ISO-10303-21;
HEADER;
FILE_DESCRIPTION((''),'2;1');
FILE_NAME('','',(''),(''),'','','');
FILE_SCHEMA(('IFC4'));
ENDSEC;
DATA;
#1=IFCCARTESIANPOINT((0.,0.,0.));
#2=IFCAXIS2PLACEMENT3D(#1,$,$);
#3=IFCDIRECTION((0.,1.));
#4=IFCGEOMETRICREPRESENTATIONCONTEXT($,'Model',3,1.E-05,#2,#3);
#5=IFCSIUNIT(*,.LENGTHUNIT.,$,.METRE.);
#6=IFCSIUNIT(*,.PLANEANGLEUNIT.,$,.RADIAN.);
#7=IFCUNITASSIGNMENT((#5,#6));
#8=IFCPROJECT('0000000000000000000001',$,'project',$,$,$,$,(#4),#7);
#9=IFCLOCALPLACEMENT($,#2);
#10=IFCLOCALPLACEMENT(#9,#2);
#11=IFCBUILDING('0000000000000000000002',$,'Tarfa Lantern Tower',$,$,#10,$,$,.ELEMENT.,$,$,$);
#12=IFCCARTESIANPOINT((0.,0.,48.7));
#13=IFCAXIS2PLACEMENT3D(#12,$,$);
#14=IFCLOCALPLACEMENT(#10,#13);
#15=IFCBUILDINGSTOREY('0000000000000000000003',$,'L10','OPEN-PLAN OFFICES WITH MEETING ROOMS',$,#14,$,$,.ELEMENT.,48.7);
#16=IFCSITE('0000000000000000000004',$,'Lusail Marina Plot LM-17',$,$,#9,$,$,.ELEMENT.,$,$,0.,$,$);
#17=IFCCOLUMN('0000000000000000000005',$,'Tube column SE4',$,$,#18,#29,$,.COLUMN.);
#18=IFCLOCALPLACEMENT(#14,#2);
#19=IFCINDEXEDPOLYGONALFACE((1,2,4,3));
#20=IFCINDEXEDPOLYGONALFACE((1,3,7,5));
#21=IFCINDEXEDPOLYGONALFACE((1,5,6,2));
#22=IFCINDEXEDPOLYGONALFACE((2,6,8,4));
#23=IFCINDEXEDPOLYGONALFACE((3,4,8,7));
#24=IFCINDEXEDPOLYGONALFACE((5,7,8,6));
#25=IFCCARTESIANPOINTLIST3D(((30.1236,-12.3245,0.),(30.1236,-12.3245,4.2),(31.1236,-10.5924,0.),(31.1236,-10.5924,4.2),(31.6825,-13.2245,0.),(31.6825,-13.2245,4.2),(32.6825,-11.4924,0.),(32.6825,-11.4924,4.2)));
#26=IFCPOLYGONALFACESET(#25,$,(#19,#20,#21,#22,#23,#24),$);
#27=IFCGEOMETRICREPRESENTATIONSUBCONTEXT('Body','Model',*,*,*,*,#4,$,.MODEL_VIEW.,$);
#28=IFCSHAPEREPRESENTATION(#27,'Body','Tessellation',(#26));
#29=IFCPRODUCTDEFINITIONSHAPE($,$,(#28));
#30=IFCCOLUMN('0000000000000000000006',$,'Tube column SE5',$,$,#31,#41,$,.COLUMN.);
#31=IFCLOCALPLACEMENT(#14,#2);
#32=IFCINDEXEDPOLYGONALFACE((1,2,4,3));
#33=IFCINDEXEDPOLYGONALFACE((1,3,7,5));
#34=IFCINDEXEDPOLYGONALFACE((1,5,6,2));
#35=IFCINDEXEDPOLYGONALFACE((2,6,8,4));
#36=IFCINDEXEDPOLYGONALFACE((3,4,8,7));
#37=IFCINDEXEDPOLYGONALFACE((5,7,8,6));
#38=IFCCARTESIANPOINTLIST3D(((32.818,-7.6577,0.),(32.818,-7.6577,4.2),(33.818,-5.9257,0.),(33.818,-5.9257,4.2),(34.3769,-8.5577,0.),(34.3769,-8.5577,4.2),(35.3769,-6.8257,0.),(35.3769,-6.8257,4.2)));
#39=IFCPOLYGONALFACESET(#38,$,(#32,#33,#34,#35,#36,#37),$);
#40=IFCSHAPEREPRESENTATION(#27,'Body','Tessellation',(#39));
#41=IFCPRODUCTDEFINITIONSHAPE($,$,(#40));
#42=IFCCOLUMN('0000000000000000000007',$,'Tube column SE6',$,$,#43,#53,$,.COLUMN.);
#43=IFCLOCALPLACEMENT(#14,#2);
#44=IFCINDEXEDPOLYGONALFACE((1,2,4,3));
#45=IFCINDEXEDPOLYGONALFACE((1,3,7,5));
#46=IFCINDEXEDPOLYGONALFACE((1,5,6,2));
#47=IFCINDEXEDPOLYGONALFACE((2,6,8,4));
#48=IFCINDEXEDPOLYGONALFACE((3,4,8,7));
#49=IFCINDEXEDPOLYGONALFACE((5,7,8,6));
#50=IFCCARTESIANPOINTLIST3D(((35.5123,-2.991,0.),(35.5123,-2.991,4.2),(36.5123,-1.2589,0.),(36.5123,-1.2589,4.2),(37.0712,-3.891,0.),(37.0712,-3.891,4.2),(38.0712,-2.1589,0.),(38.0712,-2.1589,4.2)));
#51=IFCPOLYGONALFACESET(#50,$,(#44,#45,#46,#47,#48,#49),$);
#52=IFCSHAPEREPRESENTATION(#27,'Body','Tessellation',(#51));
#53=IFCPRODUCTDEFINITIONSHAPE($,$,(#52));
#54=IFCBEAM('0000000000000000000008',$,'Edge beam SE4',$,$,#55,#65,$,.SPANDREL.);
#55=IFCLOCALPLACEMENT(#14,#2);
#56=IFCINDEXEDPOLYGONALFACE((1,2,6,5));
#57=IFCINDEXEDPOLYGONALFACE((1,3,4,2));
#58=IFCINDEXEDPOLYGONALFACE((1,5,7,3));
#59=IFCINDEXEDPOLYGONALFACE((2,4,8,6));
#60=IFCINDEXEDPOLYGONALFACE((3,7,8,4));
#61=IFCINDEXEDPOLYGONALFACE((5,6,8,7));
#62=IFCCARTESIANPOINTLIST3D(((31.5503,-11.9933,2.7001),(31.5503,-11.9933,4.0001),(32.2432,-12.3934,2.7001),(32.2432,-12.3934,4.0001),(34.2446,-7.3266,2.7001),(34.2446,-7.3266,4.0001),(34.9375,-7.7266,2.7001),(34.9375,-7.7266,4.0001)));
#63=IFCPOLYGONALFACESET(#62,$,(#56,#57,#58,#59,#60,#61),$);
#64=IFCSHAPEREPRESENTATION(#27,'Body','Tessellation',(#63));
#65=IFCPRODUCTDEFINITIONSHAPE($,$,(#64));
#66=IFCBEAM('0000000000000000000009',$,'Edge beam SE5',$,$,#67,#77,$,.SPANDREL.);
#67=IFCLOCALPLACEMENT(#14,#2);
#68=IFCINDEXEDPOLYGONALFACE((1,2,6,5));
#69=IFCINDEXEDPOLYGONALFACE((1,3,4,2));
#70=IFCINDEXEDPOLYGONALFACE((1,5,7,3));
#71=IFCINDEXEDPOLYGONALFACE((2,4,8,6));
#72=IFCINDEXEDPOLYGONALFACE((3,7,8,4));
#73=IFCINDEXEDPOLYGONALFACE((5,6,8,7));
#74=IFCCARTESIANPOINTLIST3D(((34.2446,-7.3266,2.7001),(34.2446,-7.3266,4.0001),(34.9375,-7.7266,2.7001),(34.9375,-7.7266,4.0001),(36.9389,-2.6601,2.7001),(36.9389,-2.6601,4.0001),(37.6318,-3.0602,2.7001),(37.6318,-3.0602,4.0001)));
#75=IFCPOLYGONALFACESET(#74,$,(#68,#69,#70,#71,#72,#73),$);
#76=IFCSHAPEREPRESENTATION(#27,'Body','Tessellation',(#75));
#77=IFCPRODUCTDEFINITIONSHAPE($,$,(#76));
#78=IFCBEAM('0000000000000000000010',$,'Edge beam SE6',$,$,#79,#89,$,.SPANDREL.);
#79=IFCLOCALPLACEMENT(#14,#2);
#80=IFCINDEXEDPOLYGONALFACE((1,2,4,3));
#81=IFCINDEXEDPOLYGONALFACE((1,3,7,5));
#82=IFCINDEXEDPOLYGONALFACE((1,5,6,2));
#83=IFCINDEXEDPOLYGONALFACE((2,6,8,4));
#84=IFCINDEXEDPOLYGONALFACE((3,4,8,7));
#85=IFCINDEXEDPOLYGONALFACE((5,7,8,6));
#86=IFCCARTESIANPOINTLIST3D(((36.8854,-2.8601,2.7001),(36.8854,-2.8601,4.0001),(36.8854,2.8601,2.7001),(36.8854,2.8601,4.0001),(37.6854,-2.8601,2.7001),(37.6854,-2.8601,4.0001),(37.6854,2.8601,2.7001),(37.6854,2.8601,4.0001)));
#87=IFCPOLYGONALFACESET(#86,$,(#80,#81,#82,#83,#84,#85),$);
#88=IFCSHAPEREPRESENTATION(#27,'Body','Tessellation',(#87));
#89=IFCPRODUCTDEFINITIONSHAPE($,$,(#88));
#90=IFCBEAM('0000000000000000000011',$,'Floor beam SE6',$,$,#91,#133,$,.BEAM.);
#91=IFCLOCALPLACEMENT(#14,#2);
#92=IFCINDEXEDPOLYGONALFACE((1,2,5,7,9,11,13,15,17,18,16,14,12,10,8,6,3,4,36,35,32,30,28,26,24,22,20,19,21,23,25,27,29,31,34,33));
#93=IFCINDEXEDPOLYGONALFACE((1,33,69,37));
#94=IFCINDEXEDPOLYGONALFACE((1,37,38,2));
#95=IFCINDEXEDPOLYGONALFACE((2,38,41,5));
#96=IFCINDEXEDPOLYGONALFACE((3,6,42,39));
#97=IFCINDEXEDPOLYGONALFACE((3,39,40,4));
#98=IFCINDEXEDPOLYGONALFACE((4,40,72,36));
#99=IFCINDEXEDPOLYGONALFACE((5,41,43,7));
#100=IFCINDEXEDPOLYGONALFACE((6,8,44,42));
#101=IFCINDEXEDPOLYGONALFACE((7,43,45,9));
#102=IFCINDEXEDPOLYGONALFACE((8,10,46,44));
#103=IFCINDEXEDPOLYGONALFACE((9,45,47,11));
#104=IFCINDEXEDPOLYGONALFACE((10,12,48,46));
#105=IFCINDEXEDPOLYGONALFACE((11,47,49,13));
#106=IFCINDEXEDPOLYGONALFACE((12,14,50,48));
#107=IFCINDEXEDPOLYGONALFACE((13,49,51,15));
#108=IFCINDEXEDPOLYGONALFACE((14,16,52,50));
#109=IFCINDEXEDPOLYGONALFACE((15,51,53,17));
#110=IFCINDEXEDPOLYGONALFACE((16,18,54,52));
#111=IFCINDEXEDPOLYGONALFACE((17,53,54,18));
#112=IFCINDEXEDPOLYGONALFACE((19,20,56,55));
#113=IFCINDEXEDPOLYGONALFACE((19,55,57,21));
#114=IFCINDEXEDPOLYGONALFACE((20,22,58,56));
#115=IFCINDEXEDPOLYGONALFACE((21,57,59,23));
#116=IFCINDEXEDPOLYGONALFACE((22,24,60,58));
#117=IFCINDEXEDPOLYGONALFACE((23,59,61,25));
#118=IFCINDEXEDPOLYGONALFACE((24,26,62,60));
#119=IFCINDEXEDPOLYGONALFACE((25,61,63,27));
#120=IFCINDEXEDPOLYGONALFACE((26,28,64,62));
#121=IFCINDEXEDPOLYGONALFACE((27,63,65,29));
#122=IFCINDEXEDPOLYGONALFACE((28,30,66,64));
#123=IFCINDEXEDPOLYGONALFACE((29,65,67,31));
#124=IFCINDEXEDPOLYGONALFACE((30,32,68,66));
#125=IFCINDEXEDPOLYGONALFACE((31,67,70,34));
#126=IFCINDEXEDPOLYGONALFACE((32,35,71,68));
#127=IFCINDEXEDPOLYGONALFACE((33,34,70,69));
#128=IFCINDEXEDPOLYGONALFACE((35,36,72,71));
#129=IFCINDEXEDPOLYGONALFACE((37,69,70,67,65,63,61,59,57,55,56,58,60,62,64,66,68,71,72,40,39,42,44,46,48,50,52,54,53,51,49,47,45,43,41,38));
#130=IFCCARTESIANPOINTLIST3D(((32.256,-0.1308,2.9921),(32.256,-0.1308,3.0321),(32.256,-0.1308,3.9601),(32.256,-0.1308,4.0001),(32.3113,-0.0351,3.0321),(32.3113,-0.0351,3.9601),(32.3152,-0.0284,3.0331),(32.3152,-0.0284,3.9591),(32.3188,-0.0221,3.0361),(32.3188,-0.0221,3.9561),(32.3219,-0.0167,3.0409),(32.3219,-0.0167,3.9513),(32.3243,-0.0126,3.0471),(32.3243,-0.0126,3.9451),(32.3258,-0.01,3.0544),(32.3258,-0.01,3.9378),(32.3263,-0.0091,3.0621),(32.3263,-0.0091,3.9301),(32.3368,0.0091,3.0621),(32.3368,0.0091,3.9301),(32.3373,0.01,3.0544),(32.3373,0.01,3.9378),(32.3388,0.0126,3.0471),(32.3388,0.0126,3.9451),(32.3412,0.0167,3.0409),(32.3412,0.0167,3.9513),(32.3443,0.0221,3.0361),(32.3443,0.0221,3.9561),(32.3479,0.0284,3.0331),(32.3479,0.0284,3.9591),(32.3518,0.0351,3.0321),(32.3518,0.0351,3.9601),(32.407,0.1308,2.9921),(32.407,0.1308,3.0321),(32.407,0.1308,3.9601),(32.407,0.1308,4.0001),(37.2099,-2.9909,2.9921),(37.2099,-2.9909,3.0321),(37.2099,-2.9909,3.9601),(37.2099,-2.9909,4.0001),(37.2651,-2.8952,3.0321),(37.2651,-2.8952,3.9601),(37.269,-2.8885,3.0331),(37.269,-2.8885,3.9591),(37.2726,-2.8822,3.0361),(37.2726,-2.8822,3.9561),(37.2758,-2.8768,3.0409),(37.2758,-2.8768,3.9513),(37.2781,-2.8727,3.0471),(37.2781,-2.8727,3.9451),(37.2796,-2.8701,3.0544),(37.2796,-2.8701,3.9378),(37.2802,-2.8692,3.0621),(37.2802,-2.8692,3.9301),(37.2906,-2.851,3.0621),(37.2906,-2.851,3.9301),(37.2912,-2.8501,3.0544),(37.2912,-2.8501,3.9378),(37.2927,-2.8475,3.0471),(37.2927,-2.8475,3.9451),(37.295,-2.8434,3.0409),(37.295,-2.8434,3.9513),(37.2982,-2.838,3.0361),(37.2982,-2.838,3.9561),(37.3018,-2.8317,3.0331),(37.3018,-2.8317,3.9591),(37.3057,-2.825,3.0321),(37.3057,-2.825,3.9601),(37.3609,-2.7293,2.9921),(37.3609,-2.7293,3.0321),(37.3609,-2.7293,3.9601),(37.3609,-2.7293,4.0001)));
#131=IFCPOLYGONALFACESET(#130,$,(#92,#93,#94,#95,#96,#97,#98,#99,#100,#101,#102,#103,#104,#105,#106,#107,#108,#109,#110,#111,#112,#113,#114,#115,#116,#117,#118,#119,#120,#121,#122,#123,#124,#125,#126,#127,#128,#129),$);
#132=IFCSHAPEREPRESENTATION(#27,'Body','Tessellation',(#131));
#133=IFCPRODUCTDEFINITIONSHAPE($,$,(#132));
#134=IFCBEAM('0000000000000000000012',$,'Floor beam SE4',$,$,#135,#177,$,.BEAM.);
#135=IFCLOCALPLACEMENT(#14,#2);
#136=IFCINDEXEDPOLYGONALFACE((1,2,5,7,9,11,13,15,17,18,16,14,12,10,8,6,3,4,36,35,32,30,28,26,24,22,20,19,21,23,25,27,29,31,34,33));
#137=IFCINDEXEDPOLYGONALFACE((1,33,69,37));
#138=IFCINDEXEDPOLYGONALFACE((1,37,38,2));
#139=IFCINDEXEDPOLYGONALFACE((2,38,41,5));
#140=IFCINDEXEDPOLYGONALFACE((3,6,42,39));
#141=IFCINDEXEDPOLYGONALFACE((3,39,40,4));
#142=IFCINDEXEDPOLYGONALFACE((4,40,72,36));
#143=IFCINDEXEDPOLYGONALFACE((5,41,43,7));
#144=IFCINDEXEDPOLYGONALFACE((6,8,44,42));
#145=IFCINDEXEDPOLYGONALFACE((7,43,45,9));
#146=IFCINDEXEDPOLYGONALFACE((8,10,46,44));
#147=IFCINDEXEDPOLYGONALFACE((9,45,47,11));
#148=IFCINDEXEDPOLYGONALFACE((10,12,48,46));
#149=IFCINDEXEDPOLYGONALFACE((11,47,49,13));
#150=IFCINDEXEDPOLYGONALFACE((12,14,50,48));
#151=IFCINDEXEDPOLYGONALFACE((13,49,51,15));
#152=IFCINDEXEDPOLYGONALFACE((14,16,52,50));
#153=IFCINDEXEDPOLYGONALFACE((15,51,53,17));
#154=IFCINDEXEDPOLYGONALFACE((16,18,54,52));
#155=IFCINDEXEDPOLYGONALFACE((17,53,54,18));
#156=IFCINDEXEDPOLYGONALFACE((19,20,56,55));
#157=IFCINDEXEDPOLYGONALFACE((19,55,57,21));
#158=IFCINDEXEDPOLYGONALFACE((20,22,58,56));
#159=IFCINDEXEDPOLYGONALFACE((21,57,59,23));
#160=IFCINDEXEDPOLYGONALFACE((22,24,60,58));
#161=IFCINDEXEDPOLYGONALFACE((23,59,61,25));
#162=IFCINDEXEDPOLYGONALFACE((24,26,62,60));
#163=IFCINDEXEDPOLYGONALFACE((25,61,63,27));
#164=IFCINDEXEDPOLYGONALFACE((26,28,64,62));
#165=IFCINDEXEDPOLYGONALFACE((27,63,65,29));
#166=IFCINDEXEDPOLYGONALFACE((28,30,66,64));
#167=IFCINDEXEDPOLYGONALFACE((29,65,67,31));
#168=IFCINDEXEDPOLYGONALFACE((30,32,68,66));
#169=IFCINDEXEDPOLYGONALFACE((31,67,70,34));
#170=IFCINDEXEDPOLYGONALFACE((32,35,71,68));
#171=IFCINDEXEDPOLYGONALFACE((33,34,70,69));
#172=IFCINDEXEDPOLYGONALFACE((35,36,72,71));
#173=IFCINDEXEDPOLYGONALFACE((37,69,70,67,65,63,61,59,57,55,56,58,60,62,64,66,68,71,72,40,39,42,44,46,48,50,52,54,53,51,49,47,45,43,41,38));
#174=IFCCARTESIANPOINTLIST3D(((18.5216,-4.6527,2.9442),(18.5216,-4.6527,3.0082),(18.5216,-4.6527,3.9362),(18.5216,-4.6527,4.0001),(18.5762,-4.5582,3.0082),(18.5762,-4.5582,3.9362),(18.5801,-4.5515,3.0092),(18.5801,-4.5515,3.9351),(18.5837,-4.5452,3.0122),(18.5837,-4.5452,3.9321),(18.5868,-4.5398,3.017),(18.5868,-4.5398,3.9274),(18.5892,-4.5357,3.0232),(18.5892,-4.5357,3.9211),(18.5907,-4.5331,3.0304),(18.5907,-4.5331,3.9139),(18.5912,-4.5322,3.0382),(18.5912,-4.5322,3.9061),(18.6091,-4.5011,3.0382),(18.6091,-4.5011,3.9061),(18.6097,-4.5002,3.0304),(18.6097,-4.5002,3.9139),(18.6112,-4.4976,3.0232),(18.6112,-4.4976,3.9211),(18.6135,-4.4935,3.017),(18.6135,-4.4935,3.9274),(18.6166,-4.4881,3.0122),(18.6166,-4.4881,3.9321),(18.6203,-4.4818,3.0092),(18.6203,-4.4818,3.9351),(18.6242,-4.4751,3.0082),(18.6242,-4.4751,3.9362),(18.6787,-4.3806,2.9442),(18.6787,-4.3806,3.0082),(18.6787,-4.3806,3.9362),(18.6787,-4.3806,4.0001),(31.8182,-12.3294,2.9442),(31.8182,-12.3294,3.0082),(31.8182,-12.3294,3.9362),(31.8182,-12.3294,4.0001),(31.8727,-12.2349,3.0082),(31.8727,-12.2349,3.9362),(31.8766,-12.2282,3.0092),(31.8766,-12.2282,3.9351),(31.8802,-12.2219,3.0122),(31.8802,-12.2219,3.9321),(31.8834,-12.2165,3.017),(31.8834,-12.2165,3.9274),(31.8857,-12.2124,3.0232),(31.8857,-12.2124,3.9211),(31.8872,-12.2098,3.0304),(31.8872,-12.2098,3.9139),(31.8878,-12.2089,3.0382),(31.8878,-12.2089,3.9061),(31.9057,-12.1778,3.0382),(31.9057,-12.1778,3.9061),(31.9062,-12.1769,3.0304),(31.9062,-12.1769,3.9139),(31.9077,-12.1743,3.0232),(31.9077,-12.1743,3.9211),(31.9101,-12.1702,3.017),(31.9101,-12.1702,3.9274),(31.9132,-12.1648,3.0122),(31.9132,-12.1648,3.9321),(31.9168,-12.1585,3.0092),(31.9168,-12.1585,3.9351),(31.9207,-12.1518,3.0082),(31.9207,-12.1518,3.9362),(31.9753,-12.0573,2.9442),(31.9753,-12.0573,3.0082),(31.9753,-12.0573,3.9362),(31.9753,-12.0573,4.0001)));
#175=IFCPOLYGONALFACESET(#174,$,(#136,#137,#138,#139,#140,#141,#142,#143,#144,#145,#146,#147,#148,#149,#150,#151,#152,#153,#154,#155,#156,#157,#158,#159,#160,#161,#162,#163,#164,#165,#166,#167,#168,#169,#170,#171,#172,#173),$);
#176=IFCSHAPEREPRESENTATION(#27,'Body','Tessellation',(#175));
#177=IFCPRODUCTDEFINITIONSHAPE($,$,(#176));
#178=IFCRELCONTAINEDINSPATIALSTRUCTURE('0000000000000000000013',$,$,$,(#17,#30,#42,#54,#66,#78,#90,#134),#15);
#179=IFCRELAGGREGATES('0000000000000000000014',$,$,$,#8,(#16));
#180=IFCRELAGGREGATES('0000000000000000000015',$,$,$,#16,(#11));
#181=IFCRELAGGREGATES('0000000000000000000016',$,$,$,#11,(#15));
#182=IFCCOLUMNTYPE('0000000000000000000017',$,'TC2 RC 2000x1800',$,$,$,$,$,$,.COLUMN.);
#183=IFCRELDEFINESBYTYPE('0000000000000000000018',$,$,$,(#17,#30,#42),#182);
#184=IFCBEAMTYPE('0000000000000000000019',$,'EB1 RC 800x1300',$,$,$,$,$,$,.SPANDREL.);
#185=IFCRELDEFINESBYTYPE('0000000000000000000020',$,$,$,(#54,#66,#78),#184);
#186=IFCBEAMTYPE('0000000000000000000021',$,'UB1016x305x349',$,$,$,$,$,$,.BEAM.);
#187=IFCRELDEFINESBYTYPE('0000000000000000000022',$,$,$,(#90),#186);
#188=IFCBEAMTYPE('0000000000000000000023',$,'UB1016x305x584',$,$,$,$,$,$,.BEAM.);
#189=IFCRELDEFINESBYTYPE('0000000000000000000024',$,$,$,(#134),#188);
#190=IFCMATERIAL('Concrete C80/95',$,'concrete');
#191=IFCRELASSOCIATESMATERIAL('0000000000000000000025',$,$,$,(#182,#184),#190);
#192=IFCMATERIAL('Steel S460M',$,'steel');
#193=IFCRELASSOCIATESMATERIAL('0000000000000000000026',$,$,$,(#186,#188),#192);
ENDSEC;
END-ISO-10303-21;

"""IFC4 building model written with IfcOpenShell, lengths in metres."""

from ifc_helpers import new_model, si_unit, direction, frame, origin, origin_2d, place, context, subcontext, project, spatial, rectangle, i_section, extrude, material, material_profile, profile_set, type_object, element, save


model = new_model("IFC4")

# Units and contexts
model_context = context("Model", 3, precision=1e-05, world=origin(), true_north=direction((0.0, 1.0)))
body_context = subcontext(model_context, "Body", "Model", "MODEL_VIEW")
ifc_project = project(units=[si_unit("LENGTHUNIT", "METRE"), si_unit("PLANEANGLEUNIT", "RADIAN")], contexts=[model_context])

# Site, building, storey
site_placement = place(None, origin())
site = spatial("IfcSite", under=ifc_project, at=site_placement, Name="Lusail Marina Plot LM-17", CompositionType="ELEMENT", RefElevation=0.0)
building_placement = place(site_placement, origin())
building = spatial("IfcBuilding", under=site, at=building_placement, Name="Tarfa Lantern Tower", CompositionType="ELEMENT")
storey_placement = place(building_placement, frame((0.0, 0.0, 48.7)))
storey = spatial("IfcBuildingStorey", under=building, at=storey_placement, Name="L10", Description="OPEN-PLAN OFFICES WITH MEETING ROOMS", CompositionType="ELEMENT", Elevation=48.7)

# Columns
ifc_material_1 = material(Name="Concrete C80/95", Category="concrete")
ifc_material_profile_1 = material_profile(ifc_material_1, rectangle(XDim=2.0, YDim=1.8, at=origin_2d()), Name="RC 2000x1800")
ifc_profile_set_1 = profile_set([ifc_material_profile_1], Name="Concrete C80/95")
column_type = type_object("IfcColumnType", Name="TC2 RC 2000x1800", PredefinedType="COLUMN", material=ifc_profile_set_1)
for number, where, z_axis, x_axis, name in (
    (1, (31.4031, -11.9084, 0.0), (0.0, 0.0, 1.0), (0.5, 0.866025, 0.0), "Tube column SE4"),
    (2, (34.0974, -7.2417, 0.0), (0.0, 0.0, 1.0), (0.5, 0.866025, 0.0), "Tube column SE5"),
    (3, (36.7917, -2.575, 0.0), (0.0, 0.0, 1.0), (0.5, 0.866025, 0.0), "Tube column SE6"),
):
    element("IfcColumn", number, at=place(storey_placement, frame(where, z_axis=z_axis, x_axis=x_axis)), inside=storey, type_object=column_type, Name=name, PredefinedType="COLUMN", context=body_context, shape_type="SweptSolid", body=[
        extrude(rectangle(XDim=2.0, YDim=1.8, at=origin_2d()), origin(), (0.0, 0.0, 1.0), 4.2),
    ])

# Beams
ifc_material_profile_2 = material_profile(ifc_material_1, rectangle(XDim=0.8, YDim=1.3, at=origin_2d()), Name="RC 800x1300")
ifc_profile_set_2 = profile_set([ifc_material_profile_2], Name="Concrete C80/95")
beam_type_1 = type_object("IfcBeamType", Name="EB1 RC 800x1300", PredefinedType="SPANDREL", material=ifc_profile_set_2)
beam_1_placement = place(storey_placement, frame((31.8967, -12.1934, 3.3501), z_axis=(0.499998, 0.866026, 0.0), x_axis=(-0.866026, 0.499998, 0.0)))
element("IfcBeam", 4, at=beam_1_placement, inside=storey, type_object=beam_type_1, Name="Edge beam SE4", PredefinedType="SPANDREL", context=body_context, shape_type="SweptSolid", body=[
    extrude(rectangle(XDim=0.8, YDim=1.3, at=origin_2d()), origin(), (0.0, 0.0, 1.0), 5.3887),
])
beam_2_placement = place(storey_placement, frame((34.5911, -7.5266, 3.3501), z_axis=(0.500018, 0.866015, 0.0), x_axis=(-0.866015, 0.500018, 0.0)))
element("IfcBeam", 5, at=beam_2_placement, inside=storey, type_object=beam_type_1, Name="Edge beam SE5", PredefinedType="SPANDREL", context=body_context, shape_type="SweptSolid", body=[
    extrude(rectangle(XDim=0.8, YDim=1.3, at=origin_2d()), origin(), (0.0, 0.0, 1.0), 5.3884),
])
beam_3_placement = place(storey_placement, frame((37.2854, -2.8601, 3.3501), z_axis=(0.0, 1.0, 0.0), x_axis=(-1.0, 0.0, 0.0)))
element("IfcBeam", 6, at=beam_3_placement, inside=storey, type_object=beam_type_1, Name="Edge beam SE6", PredefinedType="SPANDREL", context=body_context, shape_type="SweptSolid", body=[
    extrude(rectangle(XDim=0.8, YDim=1.3, at=origin_2d()), origin(), (0.0, 0.0, 1.0), 5.7202),
])
ifc_material_2 = material(Name="Steel S460M", Category="steel")
ifc_material_profile_3 = material_profile(ifc_material_2, i_section(OverallWidth=0.302, OverallDepth=1.0081, WebThickness=0.021, FlangeThickness=0.04, FilletRadius=0.03, at=origin_2d()), Name="UB1016x305x349")
ifc_profile_set_3 = profile_set([ifc_material_profile_3], Name="Steel S460M")
beam_type_2 = type_object("IfcBeamType", Name="UB1016x305x349", PredefinedType="BEAM", material=ifc_profile_set_3)
beam_4_placement = place(storey_placement, frame((37.2854, -2.8601, 3.4961), z_axis=(-0.866026, 0.5, 0.0), x_axis=(-0.5, -0.866026, 0.0)))
element("IfcBeam", 7, at=beam_4_placement, inside=storey, type_object=beam_type_2, Name="Floor beam SE6", PredefinedType="BEAM", context=body_context, shape_type="SweptSolid", body=[
    extrude(i_section(OverallWidth=0.302, OverallDepth=1.0081, WebThickness=0.021, FlangeThickness=0.04, FilletRadius=0.03, at=origin_2d()), origin(), (0.0, 0.0, 1.0), 5.7202),
])
ifc_material_profile_4 = material_profile(ifc_material_2, i_section(OverallWidth=0.3142, OverallDepth=1.0559, WebThickness=0.0359, FlangeThickness=0.064, FilletRadius=0.03, at=origin_2d()), Name="UB1016x305x584")
ifc_profile_set_4 = profile_set([ifc_material_profile_4], Name="Steel S460M")
beam_type_3 = type_object("IfcBeamType", Name="UB1016x305x584", PredefinedType="BEAM", material=ifc_profile_set_4)
beam_5_placement = place(storey_placement, frame((31.8967, -12.1934, 3.4722), z_axis=(-0.866027, 0.499997, 0.0), x_axis=(-0.499997, -0.866027, 0.0)))
element("IfcBeam", 8, at=beam_5_placement, inside=storey, type_object=beam_type_3, Name="Floor beam SE4", PredefinedType="BEAM", context=body_context, shape_type="SweptSolid", body=[
    extrude(i_section(OverallWidth=0.3142, OverallDepth=1.0559, WebThickness=0.0359, FlangeThickness=0.064, FilletRadius=0.03, at=origin_2d()), origin(), (0.0, 0.0, 1.0), 15.3535),
])

save(model, "model.ifc")
